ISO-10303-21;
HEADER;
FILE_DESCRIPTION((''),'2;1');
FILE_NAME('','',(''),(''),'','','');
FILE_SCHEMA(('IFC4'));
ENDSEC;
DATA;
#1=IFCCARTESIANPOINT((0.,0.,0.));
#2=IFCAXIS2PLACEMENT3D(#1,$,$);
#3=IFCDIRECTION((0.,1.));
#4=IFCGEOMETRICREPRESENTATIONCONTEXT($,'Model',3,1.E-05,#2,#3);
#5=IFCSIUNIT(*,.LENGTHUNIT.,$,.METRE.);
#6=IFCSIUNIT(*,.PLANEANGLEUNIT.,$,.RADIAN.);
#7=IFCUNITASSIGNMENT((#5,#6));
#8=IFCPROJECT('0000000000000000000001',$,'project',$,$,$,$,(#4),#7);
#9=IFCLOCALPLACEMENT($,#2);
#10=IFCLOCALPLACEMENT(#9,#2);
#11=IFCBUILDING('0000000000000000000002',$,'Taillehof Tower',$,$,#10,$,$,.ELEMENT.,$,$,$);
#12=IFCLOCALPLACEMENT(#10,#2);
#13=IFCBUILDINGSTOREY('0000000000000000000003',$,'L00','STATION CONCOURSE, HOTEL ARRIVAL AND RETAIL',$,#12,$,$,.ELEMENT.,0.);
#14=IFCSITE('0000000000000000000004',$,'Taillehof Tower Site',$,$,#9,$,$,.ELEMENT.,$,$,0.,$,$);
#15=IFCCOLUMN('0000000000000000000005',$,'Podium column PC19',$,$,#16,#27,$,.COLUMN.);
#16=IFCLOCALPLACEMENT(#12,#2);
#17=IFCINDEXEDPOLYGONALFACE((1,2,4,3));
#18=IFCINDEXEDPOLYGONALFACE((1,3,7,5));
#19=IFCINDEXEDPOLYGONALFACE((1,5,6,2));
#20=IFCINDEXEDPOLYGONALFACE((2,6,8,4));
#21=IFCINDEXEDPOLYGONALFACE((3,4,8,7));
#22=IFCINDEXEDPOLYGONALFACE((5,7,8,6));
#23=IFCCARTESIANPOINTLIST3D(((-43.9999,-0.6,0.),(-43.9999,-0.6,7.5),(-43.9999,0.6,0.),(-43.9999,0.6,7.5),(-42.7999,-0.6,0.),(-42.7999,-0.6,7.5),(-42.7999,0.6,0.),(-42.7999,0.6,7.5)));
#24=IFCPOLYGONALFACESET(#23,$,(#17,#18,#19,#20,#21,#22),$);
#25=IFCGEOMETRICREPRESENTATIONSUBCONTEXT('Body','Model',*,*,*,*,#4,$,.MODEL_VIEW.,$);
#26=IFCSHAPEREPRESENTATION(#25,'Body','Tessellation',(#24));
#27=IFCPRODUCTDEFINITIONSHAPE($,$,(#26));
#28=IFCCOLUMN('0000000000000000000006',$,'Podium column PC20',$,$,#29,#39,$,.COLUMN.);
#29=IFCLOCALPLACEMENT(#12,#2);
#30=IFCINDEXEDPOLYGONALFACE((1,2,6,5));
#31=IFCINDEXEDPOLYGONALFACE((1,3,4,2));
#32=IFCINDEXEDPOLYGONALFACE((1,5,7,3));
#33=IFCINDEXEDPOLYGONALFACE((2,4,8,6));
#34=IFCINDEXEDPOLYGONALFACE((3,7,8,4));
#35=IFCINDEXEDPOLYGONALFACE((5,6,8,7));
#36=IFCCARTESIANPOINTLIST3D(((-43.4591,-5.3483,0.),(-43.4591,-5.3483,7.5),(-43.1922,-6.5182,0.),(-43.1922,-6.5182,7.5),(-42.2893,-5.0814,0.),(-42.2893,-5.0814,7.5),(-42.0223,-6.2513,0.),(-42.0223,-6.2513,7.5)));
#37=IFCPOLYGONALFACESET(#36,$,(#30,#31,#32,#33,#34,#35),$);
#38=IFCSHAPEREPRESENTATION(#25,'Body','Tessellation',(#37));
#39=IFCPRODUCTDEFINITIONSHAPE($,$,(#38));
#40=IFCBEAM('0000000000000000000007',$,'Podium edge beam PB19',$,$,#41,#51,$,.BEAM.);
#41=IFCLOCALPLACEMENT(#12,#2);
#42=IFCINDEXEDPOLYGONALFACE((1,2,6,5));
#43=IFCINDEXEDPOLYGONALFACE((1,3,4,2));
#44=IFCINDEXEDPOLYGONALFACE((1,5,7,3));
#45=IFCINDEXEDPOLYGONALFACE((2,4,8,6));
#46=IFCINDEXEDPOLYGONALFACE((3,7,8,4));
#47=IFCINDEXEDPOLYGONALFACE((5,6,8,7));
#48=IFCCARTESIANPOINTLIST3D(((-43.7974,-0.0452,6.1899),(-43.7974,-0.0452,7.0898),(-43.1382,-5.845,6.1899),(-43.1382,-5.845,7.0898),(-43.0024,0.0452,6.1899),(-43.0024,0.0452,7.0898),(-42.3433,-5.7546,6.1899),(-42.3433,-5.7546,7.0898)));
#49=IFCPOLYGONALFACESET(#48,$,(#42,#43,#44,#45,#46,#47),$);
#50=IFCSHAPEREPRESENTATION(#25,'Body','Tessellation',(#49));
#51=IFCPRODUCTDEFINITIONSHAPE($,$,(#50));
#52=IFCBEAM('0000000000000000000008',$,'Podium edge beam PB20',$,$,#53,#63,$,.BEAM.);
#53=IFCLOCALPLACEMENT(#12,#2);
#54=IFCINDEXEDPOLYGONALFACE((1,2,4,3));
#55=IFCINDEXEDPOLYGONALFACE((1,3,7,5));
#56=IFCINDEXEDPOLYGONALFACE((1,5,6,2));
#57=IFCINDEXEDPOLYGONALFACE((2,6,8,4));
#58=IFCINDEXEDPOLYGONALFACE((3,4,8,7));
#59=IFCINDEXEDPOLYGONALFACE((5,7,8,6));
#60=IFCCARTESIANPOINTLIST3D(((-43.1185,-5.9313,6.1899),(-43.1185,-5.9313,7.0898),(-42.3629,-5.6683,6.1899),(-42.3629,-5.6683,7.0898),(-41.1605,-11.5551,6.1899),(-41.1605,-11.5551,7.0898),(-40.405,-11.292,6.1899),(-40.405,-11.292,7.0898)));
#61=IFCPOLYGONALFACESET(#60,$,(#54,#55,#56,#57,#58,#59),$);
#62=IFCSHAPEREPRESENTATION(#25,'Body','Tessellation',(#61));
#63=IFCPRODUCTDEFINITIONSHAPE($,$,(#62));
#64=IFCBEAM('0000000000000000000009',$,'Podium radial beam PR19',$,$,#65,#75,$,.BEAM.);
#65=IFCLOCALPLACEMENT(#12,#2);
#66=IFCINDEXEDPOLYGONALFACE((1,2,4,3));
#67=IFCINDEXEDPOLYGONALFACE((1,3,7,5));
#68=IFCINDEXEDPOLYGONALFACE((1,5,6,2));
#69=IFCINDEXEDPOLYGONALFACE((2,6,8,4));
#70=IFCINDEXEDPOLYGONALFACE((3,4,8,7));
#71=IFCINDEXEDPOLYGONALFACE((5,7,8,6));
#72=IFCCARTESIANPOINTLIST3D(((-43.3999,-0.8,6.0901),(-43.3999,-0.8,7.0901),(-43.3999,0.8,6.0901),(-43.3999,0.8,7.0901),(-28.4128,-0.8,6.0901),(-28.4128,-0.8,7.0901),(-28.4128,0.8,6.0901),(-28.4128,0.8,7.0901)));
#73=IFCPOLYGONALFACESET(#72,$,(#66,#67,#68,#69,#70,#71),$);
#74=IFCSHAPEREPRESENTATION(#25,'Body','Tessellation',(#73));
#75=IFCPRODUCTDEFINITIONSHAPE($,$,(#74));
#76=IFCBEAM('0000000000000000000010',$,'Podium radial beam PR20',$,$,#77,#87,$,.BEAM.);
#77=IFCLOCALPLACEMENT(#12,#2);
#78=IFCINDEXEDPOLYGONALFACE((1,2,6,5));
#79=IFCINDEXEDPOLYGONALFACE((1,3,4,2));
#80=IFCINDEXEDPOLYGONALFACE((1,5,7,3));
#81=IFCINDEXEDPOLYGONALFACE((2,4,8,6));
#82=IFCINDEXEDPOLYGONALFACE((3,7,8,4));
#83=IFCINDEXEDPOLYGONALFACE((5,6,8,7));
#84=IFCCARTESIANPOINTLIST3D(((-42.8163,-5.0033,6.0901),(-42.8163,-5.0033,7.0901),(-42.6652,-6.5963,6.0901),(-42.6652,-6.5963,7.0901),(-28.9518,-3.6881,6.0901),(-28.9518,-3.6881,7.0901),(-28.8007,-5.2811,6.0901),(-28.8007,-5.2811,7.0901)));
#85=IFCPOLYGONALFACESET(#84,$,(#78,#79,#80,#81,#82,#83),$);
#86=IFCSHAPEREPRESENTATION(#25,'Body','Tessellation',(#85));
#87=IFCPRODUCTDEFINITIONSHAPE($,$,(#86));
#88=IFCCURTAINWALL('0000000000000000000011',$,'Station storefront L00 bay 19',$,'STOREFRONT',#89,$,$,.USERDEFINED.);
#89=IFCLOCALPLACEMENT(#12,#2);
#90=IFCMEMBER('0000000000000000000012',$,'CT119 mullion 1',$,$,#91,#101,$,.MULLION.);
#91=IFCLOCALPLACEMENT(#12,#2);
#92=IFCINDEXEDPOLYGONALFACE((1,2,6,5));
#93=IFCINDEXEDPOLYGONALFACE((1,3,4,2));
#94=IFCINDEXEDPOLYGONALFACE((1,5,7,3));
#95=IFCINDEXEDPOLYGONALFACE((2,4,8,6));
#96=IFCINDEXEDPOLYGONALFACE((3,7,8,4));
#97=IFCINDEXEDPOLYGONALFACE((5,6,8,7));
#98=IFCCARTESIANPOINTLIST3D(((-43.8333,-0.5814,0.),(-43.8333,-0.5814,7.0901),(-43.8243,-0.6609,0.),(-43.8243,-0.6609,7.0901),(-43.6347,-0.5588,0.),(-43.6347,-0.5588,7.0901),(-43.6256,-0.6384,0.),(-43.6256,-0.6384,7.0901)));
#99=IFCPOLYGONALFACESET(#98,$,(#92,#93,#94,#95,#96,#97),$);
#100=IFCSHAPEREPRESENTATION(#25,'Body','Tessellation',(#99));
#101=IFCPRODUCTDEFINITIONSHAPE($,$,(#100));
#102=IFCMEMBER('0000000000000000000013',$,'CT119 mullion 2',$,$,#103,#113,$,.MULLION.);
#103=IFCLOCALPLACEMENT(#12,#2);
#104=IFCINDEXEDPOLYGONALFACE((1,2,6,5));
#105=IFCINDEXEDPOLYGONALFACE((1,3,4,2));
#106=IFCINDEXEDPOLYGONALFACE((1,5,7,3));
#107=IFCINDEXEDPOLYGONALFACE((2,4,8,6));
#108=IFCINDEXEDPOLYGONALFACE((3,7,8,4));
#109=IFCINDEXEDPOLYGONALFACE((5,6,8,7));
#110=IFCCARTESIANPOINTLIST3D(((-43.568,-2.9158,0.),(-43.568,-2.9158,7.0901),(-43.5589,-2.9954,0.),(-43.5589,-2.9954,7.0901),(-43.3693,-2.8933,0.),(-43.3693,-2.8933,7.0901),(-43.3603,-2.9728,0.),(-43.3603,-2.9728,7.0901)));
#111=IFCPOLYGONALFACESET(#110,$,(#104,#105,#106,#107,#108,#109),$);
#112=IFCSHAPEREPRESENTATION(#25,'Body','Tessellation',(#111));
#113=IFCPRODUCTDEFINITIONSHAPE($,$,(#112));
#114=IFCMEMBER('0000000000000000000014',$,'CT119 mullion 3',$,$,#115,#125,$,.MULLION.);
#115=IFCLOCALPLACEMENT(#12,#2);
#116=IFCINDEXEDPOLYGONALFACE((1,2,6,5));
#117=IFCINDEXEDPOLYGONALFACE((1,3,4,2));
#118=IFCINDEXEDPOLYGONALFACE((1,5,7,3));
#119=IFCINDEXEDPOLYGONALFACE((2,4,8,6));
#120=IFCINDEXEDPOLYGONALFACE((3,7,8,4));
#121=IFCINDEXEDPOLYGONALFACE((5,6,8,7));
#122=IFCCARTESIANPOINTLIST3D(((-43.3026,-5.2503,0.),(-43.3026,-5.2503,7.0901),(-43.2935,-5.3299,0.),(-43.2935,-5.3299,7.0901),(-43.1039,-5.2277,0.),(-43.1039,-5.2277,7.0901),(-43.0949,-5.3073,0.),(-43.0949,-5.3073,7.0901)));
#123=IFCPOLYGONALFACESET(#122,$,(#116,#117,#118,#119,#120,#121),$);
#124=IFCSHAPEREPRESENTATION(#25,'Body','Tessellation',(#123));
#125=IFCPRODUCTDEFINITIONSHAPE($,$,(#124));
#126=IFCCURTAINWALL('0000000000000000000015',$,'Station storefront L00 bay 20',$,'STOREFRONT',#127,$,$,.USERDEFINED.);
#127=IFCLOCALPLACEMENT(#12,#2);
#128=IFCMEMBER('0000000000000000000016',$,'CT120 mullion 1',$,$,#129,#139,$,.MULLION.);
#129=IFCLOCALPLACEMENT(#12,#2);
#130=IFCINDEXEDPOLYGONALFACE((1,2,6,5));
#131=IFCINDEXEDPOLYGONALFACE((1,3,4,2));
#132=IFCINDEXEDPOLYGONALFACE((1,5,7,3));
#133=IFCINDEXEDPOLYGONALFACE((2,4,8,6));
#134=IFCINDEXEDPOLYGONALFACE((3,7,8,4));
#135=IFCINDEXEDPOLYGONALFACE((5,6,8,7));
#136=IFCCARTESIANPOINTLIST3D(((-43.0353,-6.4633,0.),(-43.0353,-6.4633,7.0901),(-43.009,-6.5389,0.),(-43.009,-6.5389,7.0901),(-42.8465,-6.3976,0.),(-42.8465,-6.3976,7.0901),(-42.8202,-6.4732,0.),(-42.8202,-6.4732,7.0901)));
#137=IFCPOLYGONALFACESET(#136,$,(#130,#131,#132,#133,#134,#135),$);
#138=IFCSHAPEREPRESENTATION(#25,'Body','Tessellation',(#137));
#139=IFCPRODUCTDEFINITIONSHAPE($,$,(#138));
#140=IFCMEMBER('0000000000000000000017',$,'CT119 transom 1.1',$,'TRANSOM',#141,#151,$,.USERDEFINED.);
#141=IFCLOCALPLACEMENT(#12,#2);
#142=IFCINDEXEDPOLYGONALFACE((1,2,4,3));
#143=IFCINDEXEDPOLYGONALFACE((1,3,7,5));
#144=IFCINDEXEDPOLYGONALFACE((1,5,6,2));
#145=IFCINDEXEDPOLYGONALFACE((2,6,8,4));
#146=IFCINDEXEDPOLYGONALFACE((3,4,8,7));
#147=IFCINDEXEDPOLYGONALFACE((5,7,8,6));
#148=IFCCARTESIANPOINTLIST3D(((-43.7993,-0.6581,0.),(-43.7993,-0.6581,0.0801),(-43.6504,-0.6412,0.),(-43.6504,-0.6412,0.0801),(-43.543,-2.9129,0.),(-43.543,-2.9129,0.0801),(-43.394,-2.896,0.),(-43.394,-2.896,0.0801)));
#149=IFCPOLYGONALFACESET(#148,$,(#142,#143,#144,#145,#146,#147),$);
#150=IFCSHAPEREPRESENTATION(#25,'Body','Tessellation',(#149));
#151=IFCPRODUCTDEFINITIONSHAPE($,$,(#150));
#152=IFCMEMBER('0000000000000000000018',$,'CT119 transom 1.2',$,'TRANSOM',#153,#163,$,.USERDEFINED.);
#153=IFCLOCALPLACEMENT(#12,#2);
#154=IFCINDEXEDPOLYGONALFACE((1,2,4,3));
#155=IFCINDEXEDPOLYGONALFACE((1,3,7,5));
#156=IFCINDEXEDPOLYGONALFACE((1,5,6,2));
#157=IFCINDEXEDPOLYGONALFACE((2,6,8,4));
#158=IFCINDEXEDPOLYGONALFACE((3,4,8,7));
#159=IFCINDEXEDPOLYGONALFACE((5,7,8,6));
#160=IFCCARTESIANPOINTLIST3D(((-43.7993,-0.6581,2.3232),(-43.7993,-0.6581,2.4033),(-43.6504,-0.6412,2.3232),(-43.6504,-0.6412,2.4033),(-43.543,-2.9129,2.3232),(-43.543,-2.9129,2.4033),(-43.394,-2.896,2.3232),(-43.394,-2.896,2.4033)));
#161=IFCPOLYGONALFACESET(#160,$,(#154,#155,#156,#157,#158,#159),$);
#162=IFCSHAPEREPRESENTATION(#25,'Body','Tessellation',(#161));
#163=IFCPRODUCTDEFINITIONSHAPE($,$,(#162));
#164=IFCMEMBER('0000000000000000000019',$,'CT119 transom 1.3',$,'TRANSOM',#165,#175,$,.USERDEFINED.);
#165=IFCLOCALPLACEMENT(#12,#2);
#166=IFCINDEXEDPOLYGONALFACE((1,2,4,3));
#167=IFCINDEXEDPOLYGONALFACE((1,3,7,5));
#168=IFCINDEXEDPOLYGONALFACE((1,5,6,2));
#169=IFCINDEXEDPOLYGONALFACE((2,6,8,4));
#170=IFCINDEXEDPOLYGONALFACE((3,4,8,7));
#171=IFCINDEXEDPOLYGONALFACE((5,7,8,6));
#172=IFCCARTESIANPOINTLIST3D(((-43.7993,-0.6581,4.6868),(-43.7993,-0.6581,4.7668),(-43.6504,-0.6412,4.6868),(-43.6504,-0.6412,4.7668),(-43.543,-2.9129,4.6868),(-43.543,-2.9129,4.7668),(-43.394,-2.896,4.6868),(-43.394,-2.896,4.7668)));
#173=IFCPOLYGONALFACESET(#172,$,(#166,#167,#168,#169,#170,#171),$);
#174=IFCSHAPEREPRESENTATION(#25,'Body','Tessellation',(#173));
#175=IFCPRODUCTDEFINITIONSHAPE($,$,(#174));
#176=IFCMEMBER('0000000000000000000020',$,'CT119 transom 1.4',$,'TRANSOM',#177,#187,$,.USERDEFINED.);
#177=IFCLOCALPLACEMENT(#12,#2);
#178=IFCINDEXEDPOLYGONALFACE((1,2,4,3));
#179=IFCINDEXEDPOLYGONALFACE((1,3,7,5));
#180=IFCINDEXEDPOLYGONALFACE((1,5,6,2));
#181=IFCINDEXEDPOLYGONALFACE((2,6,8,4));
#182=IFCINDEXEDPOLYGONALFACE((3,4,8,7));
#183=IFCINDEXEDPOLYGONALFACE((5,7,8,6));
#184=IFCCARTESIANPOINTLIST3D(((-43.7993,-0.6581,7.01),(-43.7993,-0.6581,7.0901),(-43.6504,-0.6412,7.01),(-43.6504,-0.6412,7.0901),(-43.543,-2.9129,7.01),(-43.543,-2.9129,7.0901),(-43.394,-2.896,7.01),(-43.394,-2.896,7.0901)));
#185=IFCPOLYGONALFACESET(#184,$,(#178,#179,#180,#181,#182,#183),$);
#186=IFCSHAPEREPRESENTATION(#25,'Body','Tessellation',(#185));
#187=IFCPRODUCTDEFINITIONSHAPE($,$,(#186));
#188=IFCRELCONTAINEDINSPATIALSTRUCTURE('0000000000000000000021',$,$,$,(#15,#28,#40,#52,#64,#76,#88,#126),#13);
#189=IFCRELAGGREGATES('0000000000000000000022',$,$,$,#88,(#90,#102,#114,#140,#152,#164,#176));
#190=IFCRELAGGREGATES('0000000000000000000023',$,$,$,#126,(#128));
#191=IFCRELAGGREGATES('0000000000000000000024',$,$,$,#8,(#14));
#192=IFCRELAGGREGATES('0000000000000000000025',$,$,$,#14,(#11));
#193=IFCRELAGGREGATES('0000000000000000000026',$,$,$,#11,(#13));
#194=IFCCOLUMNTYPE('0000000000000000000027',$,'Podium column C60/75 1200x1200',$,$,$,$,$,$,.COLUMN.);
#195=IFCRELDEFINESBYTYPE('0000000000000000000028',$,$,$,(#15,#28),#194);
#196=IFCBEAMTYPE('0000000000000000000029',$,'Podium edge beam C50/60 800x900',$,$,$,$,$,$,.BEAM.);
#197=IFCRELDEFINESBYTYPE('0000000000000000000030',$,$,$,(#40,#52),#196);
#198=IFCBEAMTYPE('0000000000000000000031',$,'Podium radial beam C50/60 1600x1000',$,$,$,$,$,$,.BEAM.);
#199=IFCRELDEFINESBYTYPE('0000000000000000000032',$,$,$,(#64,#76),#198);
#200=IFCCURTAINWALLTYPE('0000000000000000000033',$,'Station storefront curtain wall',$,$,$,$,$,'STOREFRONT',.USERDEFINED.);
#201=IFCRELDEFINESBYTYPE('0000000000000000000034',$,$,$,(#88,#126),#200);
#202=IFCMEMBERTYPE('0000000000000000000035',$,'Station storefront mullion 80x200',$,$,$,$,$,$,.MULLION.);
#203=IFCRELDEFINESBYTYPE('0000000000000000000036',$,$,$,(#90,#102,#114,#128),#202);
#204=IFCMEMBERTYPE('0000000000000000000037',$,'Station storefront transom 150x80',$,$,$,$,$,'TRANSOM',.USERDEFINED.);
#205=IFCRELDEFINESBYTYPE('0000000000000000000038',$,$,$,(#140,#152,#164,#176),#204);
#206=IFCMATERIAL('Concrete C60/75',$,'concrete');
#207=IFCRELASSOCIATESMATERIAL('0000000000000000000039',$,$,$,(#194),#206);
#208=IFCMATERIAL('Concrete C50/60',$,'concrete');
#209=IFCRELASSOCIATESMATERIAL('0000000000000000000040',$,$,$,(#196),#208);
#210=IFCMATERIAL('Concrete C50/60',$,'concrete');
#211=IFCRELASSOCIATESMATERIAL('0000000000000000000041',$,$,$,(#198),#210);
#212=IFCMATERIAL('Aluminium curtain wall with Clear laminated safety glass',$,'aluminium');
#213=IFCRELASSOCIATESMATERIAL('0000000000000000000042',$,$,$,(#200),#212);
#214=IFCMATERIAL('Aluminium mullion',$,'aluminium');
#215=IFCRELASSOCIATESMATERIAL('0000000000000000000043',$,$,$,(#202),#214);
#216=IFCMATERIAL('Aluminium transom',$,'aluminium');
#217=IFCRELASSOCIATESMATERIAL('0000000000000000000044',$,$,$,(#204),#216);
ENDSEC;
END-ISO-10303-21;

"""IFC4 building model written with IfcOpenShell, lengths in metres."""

from ifc_helpers import new_model, si_unit, direction, frame, origin, origin_2d, place, context, subcontext, project, spatial, rectangle, extrude, material, material_profile, profile_set, type_object, element, aggregate, save


model = new_model("IFC4")

# Units and contexts
model_context = context("Model", 3, precision=1e-05, world=origin(), true_north=direction((0.0, 1.0)))
body_context = subcontext(model_context, "Body", "Model", "MODEL_VIEW")
ifc_project = project(units=[si_unit("LENGTHUNIT", "METRE"), si_unit("PLANEANGLEUNIT", "RADIAN")], contexts=[model_context])

# Site, building, storey
site_placement = place(None, origin())
site = spatial("IfcSite", under=ifc_project, at=site_placement, Name="Taillehof Tower Site", CompositionType="ELEMENT", RefElevation=0.0)
building_placement = place(site_placement, origin())
building = spatial("IfcBuilding", under=site, at=building_placement, Name="Taillehof Tower", CompositionType="ELEMENT")
storey_placement = place(building_placement, origin())
storey = spatial("IfcBuildingStorey", under=building, at=storey_placement, Name="L00", Description="STATION CONCOURSE, HOTEL ARRIVAL AND RETAIL", CompositionType="ELEMENT", Elevation=0.0)

# Columns
ifc_material_1 = material(Name="Concrete C60/75", Category="concrete")
ifc_material_profile_1 = material_profile(ifc_material_1, rectangle(XDim=1.2, YDim=1.2, at=origin_2d()), Name="RC 1200x1200")
ifc_profile_set_1 = profile_set([ifc_material_profile_1], Name="Concrete C60/75")
column_type = type_object("IfcColumnType", Name="Podium column C60/75 1200x1200", PredefinedType="COLUMN", material=ifc_profile_set_1)
for number, where, z_axis, x_axis, name in (
    (1, (-43.3999, 0.0, 0.0), (0.0, 0.0, 1.0), (-1.0, 0.0, 0.0), "Podium column PC19"),
    (2, (-42.7407, -5.7998, 0.0), (0.0, 0.0, 1.0), (-0.97494, -0.222469, 0.0), "Podium column PC20"),
):
    element("IfcColumn", number, at=place(storey_placement, frame(where, z_axis=z_axis, x_axis=x_axis)), inside=storey, type_object=column_type, Name=name, PredefinedType="COLUMN", context=body_context, shape_type="SweptSolid", body=[
        extrude(rectangle(XDim=1.2, YDim=1.2, at=origin_2d()), origin(), (0.0, 0.0, 1.0), 7.5),
    ])

# Beams
ifc_material_2 = material(Name="Concrete C50/60", Category="concrete")
ifc_material_profile_2 = material_profile(ifc_material_2, rectangle(XDim=0.8, YDim=0.8999, at=origin_2d()), Name="RC 800x900")
ifc_profile_set_2 = profile_set([ifc_material_profile_2], Name="Concrete C50/60")
beam_type_1 = type_object("IfcBeamType", Name="Podium edge beam C50/60 800x900", PredefinedType="BEAM", material=ifc_profile_set_2)
beam_1_placement = place(storey_placement, frame((-43.3999, 0.0, 6.6399), z_axis=(0.112928, -0.993603, 0.0), x_axis=(0.993603, 0.112928, 0.0)))
element("IfcBeam", 3, at=beam_1_placement, inside=storey, type_object=beam_type_1, Name="Podium edge beam PB19", PredefinedType="BEAM", context=body_context, shape_type="SweptSolid", body=[
    extrude(rectangle(XDim=0.8, YDim=0.8999, at=origin_2d()), origin(), (0.0, 0.0, 1.0), 5.8372),
])
beam_2_placement = place(storey_placement, frame((-42.7407, -5.7998, 6.6399), z_axis=(0.328807, -0.944397, 0.0), x_axis=(0.944397, 0.328807, 0.0)))
element("IfcBeam", 4, at=beam_2_placement, inside=storey, type_object=beam_type_1, Name="Podium edge beam PB20", PredefinedType="BEAM", context=body_context, shape_type="SweptSolid", body=[
    extrude(rectangle(XDim=0.8, YDim=0.8999, at=origin_2d()), origin(), (0.0, 0.0, 1.0), 5.9548),
])
ifc_material_3 = material(Name="Concrete C50/60", Category="concrete")
ifc_material_profile_3 = material_profile(ifc_material_3, rectangle(XDim=1.6001, YDim=1.0, at=origin_2d()), Name="RC 1600x1000")
ifc_profile_set_3 = profile_set([ifc_material_profile_3], Name="Concrete C50/60")
beam_type_2 = type_object("IfcBeamType", Name="Podium radial beam C50/60 1600x1000", PredefinedType="BEAM", material=ifc_profile_set_3)
beam_3_placement = place(storey_placement, frame((-43.3999, 0.0, 6.5901), z_axis=(1.0, 0.0, 0.0), x_axis=(0.0, 1.0, 0.0)))
element("IfcBeam", 5, at=beam_3_placement, inside=storey, type_object=beam_type_2, Name="Podium radial beam PR19", PredefinedType="BEAM", context=body_context, shape_type="SweptSolid", body=[
    extrude(rectangle(XDim=1.6001, YDim=1.0, at=origin_2d()), origin(), (0.0, 0.0, 1.0), 14.9871),
])
beam_4_placement = place(storey_placement, frame((-42.7407, -5.7998, 6.5901), z_axis=(0.995531, 0.094436, 0.0), x_axis=(-0.094436, 0.995531, 0.0)))
element("IfcBeam", 6, at=beam_4_placement, inside=storey, type_object=beam_type_2, Name="Podium radial beam PR20", PredefinedType="BEAM", context=body_context, shape_type="SweptSolid", body=[
    extrude(rectangle(XDim=1.6001, YDim=1.0, at=origin_2d()), origin(), (0.0, 0.0, 1.0), 13.9268),
])

# Curtain wall, members
ifc_material_4 = material(Name="Aluminium curtain wall with Clear laminated safety glass", Category="aluminium")
curtain_wall_type = type_object("IfcCurtainWallType", Name="Station storefront curtain wall", ElementType="STOREFRONT", PredefinedType="USERDEFINED", material=ifc_material_4)
curtain_wall_1_placement = place(storey_placement, origin())
curtain_wall_1 = element("IfcCurtainWall", 7, at=curtain_wall_1_placement, inside=storey, type_object=curtain_wall_type, Name="Station storefront L00 bay 19", ObjectType="STOREFRONT", PredefinedType="USERDEFINED")
ifc_material_5 = material(Name="Aluminium mullion", Category="aluminium")
ifc_material_profile_4 = material_profile(ifc_material_5, rectangle(XDim=0.2, YDim=0.0801, at=origin_2d()), Name="AL 80x200")
ifc_profile_set_4 = profile_set([ifc_material_profile_4], Name="Aluminium mullion")
member_type_1 = type_object("IfcMemberType", Name="Station storefront mullion 80x200", PredefinedType="MULLION", material=ifc_profile_set_4)
member_1_placement = place(storey_placement, frame((-43.7295, -0.6099, 0.0), z_axis=(0.0, 0.0, 1.0), x_axis=(0.993603, 0.112932, 0.0)))
member_1 = element("IfcMember", 8, at=member_1_placement, type_object=member_type_1, Name="CT119 mullion 1", PredefinedType="MULLION", context=body_context, shape_type="SweptSolid", body=[
    extrude(rectangle(XDim=0.2, YDim=0.0801, at=origin_2d()), origin(), (0.0, 0.0, 1.0), 7.0901),
])
member_2_placement = place(storey_placement, frame((-43.4641, -2.9443, 0.0), z_axis=(0.0, 0.0, 1.0), x_axis=(0.993603, 0.112932, 0.0)))
member_2 = element("IfcMember", 9, at=member_2_placement, type_object=member_type_1, Name="CT119 mullion 2", PredefinedType="MULLION", context=body_context, shape_type="SweptSolid", body=[
    extrude(rectangle(XDim=0.2, YDim=0.0801, at=origin_2d()), origin(), (0.0, 0.0, 1.0), 7.0901),
])
member_3_placement = place(storey_placement, frame((-43.1987, -5.2788, 0.0), z_axis=(0.0, 0.0, 1.0), x_axis=(0.993603, 0.112932, 0.0)))
member_3 = element("IfcMember", 10, at=member_3_placement, type_object=member_type_1, Name="CT119 mullion 3", PredefinedType="MULLION", context=body_context, shape_type="SweptSolid", body=[
    extrude(rectangle(XDim=0.2, YDim=0.0801, at=origin_2d()), origin(), (0.0, 0.0, 1.0), 7.0901),
])

# Curtain wall, member
curtain_wall_2_placement = place(storey_placement, origin())
curtain_wall_2 = element("IfcCurtainWall", 11, at=curtain_wall_2_placement, inside=storey, type_object=curtain_wall_type, Name="Station storefront L00 bay 20", ObjectType="STOREFRONT", PredefinedType="USERDEFINED")
member_4_placement = place(storey_placement, frame((-42.9277, -6.4683, 0.0), z_axis=(0.0, 0.0, 1.0), x_axis=(0.944414, 0.328758, 0.0)))
member_4 = element("IfcMember", 12, at=member_4_placement, type_object=member_type_1, Name="CT120 mullion 1", PredefinedType="MULLION", context=body_context, shape_type="SweptSolid", body=[
    extrude(rectangle(XDim=0.2, YDim=0.0801, at=origin_2d()), origin(), (0.0, 0.0, 1.0), 7.0901),
])

# Members
ifc_material_6 = material(Name="Aluminium transom", Category="aluminium")
ifc_material_profile_5 = material_profile(ifc_material_6, rectangle(XDim=0.1499, YDim=0.0801, at=origin_2d()), Name="AL 150x80")
ifc_profile_set_5 = profile_set([ifc_material_profile_5], Name="Aluminium transom")
member_type_2 = type_object("IfcMemberType", Name="Station storefront transom 150x80", ElementType="TRANSOM", PredefinedType="USERDEFINED", material=ifc_profile_set_5)
member_5_placement = place(storey_placement, frame((-43.7249, -0.6497, 0.04), z_axis=(0.112958, -0.9936, 0.0), x_axis=(0.9936, 0.112958, 0.0)))
member_5 = element("IfcMember", 13, at=member_5_placement, type_object=member_type_2, Name="CT119 transom 1.1", ObjectType="TRANSOM", PredefinedType="USERDEFINED", context=body_context, shape_type="SweptSolid", body=[
    extrude(rectangle(XDim=0.1499, YDim=0.0801, at=origin_2d()), origin(), (0.0, 0.0, 1.0), 2.2693),
])
member_6_placement = place(storey_placement, frame((-43.7249, -0.6497, 2.3633), z_axis=(0.112958, -0.9936, 0.0), x_axis=(0.9936, 0.112958, 0.0)))
member_6 = element("IfcMember", 14, at=member_6_placement, type_object=member_type_2, Name="CT119 transom 1.2", ObjectType="TRANSOM", PredefinedType="USERDEFINED", context=body_context, shape_type="SweptSolid", body=[
    extrude(rectangle(XDim=0.1499, YDim=0.0801, at=origin_2d()), origin(), (0.0, 0.0, 1.0), 2.2693),
])
member_7_placement = place(storey_placement, frame((-43.7249, -0.6497, 4.7268), z_axis=(0.112958, -0.9936, 0.0), x_axis=(0.9936, 0.112958, 0.0)))
member_7 = element("IfcMember", 15, at=member_7_placement, type_object=member_type_2, Name="CT119 transom 1.3", ObjectType="TRANSOM", PredefinedType="USERDEFINED", context=body_context, shape_type="SweptSolid", body=[
    extrude(rectangle(XDim=0.1499, YDim=0.0801, at=origin_2d()), origin(), (0.0, 0.0, 1.0), 2.2693),
])
member_8_placement = place(storey_placement, frame((-43.7249, -0.6497, 7.05), z_axis=(0.112958, -0.9936, 0.0), x_axis=(0.9936, 0.112958, 0.0)))
member_8 = element("IfcMember", 16, at=member_8_placement, type_object=member_type_2, Name="CT119 transom 1.4", ObjectType="TRANSOM", PredefinedType="USERDEFINED", context=body_context, shape_type="SweptSolid", body=[
    extrude(rectangle(XDim=0.1499, YDim=0.0801, at=origin_2d()), origin(), (0.0, 0.0, 1.0), 2.2693),
])

aggregate(curtain_wall_1, [member_1, member_2, member_3, member_5, member_6, member_7, member_8])
aggregate(curtain_wall_2, [member_4])

save(model, "model.ifc")
